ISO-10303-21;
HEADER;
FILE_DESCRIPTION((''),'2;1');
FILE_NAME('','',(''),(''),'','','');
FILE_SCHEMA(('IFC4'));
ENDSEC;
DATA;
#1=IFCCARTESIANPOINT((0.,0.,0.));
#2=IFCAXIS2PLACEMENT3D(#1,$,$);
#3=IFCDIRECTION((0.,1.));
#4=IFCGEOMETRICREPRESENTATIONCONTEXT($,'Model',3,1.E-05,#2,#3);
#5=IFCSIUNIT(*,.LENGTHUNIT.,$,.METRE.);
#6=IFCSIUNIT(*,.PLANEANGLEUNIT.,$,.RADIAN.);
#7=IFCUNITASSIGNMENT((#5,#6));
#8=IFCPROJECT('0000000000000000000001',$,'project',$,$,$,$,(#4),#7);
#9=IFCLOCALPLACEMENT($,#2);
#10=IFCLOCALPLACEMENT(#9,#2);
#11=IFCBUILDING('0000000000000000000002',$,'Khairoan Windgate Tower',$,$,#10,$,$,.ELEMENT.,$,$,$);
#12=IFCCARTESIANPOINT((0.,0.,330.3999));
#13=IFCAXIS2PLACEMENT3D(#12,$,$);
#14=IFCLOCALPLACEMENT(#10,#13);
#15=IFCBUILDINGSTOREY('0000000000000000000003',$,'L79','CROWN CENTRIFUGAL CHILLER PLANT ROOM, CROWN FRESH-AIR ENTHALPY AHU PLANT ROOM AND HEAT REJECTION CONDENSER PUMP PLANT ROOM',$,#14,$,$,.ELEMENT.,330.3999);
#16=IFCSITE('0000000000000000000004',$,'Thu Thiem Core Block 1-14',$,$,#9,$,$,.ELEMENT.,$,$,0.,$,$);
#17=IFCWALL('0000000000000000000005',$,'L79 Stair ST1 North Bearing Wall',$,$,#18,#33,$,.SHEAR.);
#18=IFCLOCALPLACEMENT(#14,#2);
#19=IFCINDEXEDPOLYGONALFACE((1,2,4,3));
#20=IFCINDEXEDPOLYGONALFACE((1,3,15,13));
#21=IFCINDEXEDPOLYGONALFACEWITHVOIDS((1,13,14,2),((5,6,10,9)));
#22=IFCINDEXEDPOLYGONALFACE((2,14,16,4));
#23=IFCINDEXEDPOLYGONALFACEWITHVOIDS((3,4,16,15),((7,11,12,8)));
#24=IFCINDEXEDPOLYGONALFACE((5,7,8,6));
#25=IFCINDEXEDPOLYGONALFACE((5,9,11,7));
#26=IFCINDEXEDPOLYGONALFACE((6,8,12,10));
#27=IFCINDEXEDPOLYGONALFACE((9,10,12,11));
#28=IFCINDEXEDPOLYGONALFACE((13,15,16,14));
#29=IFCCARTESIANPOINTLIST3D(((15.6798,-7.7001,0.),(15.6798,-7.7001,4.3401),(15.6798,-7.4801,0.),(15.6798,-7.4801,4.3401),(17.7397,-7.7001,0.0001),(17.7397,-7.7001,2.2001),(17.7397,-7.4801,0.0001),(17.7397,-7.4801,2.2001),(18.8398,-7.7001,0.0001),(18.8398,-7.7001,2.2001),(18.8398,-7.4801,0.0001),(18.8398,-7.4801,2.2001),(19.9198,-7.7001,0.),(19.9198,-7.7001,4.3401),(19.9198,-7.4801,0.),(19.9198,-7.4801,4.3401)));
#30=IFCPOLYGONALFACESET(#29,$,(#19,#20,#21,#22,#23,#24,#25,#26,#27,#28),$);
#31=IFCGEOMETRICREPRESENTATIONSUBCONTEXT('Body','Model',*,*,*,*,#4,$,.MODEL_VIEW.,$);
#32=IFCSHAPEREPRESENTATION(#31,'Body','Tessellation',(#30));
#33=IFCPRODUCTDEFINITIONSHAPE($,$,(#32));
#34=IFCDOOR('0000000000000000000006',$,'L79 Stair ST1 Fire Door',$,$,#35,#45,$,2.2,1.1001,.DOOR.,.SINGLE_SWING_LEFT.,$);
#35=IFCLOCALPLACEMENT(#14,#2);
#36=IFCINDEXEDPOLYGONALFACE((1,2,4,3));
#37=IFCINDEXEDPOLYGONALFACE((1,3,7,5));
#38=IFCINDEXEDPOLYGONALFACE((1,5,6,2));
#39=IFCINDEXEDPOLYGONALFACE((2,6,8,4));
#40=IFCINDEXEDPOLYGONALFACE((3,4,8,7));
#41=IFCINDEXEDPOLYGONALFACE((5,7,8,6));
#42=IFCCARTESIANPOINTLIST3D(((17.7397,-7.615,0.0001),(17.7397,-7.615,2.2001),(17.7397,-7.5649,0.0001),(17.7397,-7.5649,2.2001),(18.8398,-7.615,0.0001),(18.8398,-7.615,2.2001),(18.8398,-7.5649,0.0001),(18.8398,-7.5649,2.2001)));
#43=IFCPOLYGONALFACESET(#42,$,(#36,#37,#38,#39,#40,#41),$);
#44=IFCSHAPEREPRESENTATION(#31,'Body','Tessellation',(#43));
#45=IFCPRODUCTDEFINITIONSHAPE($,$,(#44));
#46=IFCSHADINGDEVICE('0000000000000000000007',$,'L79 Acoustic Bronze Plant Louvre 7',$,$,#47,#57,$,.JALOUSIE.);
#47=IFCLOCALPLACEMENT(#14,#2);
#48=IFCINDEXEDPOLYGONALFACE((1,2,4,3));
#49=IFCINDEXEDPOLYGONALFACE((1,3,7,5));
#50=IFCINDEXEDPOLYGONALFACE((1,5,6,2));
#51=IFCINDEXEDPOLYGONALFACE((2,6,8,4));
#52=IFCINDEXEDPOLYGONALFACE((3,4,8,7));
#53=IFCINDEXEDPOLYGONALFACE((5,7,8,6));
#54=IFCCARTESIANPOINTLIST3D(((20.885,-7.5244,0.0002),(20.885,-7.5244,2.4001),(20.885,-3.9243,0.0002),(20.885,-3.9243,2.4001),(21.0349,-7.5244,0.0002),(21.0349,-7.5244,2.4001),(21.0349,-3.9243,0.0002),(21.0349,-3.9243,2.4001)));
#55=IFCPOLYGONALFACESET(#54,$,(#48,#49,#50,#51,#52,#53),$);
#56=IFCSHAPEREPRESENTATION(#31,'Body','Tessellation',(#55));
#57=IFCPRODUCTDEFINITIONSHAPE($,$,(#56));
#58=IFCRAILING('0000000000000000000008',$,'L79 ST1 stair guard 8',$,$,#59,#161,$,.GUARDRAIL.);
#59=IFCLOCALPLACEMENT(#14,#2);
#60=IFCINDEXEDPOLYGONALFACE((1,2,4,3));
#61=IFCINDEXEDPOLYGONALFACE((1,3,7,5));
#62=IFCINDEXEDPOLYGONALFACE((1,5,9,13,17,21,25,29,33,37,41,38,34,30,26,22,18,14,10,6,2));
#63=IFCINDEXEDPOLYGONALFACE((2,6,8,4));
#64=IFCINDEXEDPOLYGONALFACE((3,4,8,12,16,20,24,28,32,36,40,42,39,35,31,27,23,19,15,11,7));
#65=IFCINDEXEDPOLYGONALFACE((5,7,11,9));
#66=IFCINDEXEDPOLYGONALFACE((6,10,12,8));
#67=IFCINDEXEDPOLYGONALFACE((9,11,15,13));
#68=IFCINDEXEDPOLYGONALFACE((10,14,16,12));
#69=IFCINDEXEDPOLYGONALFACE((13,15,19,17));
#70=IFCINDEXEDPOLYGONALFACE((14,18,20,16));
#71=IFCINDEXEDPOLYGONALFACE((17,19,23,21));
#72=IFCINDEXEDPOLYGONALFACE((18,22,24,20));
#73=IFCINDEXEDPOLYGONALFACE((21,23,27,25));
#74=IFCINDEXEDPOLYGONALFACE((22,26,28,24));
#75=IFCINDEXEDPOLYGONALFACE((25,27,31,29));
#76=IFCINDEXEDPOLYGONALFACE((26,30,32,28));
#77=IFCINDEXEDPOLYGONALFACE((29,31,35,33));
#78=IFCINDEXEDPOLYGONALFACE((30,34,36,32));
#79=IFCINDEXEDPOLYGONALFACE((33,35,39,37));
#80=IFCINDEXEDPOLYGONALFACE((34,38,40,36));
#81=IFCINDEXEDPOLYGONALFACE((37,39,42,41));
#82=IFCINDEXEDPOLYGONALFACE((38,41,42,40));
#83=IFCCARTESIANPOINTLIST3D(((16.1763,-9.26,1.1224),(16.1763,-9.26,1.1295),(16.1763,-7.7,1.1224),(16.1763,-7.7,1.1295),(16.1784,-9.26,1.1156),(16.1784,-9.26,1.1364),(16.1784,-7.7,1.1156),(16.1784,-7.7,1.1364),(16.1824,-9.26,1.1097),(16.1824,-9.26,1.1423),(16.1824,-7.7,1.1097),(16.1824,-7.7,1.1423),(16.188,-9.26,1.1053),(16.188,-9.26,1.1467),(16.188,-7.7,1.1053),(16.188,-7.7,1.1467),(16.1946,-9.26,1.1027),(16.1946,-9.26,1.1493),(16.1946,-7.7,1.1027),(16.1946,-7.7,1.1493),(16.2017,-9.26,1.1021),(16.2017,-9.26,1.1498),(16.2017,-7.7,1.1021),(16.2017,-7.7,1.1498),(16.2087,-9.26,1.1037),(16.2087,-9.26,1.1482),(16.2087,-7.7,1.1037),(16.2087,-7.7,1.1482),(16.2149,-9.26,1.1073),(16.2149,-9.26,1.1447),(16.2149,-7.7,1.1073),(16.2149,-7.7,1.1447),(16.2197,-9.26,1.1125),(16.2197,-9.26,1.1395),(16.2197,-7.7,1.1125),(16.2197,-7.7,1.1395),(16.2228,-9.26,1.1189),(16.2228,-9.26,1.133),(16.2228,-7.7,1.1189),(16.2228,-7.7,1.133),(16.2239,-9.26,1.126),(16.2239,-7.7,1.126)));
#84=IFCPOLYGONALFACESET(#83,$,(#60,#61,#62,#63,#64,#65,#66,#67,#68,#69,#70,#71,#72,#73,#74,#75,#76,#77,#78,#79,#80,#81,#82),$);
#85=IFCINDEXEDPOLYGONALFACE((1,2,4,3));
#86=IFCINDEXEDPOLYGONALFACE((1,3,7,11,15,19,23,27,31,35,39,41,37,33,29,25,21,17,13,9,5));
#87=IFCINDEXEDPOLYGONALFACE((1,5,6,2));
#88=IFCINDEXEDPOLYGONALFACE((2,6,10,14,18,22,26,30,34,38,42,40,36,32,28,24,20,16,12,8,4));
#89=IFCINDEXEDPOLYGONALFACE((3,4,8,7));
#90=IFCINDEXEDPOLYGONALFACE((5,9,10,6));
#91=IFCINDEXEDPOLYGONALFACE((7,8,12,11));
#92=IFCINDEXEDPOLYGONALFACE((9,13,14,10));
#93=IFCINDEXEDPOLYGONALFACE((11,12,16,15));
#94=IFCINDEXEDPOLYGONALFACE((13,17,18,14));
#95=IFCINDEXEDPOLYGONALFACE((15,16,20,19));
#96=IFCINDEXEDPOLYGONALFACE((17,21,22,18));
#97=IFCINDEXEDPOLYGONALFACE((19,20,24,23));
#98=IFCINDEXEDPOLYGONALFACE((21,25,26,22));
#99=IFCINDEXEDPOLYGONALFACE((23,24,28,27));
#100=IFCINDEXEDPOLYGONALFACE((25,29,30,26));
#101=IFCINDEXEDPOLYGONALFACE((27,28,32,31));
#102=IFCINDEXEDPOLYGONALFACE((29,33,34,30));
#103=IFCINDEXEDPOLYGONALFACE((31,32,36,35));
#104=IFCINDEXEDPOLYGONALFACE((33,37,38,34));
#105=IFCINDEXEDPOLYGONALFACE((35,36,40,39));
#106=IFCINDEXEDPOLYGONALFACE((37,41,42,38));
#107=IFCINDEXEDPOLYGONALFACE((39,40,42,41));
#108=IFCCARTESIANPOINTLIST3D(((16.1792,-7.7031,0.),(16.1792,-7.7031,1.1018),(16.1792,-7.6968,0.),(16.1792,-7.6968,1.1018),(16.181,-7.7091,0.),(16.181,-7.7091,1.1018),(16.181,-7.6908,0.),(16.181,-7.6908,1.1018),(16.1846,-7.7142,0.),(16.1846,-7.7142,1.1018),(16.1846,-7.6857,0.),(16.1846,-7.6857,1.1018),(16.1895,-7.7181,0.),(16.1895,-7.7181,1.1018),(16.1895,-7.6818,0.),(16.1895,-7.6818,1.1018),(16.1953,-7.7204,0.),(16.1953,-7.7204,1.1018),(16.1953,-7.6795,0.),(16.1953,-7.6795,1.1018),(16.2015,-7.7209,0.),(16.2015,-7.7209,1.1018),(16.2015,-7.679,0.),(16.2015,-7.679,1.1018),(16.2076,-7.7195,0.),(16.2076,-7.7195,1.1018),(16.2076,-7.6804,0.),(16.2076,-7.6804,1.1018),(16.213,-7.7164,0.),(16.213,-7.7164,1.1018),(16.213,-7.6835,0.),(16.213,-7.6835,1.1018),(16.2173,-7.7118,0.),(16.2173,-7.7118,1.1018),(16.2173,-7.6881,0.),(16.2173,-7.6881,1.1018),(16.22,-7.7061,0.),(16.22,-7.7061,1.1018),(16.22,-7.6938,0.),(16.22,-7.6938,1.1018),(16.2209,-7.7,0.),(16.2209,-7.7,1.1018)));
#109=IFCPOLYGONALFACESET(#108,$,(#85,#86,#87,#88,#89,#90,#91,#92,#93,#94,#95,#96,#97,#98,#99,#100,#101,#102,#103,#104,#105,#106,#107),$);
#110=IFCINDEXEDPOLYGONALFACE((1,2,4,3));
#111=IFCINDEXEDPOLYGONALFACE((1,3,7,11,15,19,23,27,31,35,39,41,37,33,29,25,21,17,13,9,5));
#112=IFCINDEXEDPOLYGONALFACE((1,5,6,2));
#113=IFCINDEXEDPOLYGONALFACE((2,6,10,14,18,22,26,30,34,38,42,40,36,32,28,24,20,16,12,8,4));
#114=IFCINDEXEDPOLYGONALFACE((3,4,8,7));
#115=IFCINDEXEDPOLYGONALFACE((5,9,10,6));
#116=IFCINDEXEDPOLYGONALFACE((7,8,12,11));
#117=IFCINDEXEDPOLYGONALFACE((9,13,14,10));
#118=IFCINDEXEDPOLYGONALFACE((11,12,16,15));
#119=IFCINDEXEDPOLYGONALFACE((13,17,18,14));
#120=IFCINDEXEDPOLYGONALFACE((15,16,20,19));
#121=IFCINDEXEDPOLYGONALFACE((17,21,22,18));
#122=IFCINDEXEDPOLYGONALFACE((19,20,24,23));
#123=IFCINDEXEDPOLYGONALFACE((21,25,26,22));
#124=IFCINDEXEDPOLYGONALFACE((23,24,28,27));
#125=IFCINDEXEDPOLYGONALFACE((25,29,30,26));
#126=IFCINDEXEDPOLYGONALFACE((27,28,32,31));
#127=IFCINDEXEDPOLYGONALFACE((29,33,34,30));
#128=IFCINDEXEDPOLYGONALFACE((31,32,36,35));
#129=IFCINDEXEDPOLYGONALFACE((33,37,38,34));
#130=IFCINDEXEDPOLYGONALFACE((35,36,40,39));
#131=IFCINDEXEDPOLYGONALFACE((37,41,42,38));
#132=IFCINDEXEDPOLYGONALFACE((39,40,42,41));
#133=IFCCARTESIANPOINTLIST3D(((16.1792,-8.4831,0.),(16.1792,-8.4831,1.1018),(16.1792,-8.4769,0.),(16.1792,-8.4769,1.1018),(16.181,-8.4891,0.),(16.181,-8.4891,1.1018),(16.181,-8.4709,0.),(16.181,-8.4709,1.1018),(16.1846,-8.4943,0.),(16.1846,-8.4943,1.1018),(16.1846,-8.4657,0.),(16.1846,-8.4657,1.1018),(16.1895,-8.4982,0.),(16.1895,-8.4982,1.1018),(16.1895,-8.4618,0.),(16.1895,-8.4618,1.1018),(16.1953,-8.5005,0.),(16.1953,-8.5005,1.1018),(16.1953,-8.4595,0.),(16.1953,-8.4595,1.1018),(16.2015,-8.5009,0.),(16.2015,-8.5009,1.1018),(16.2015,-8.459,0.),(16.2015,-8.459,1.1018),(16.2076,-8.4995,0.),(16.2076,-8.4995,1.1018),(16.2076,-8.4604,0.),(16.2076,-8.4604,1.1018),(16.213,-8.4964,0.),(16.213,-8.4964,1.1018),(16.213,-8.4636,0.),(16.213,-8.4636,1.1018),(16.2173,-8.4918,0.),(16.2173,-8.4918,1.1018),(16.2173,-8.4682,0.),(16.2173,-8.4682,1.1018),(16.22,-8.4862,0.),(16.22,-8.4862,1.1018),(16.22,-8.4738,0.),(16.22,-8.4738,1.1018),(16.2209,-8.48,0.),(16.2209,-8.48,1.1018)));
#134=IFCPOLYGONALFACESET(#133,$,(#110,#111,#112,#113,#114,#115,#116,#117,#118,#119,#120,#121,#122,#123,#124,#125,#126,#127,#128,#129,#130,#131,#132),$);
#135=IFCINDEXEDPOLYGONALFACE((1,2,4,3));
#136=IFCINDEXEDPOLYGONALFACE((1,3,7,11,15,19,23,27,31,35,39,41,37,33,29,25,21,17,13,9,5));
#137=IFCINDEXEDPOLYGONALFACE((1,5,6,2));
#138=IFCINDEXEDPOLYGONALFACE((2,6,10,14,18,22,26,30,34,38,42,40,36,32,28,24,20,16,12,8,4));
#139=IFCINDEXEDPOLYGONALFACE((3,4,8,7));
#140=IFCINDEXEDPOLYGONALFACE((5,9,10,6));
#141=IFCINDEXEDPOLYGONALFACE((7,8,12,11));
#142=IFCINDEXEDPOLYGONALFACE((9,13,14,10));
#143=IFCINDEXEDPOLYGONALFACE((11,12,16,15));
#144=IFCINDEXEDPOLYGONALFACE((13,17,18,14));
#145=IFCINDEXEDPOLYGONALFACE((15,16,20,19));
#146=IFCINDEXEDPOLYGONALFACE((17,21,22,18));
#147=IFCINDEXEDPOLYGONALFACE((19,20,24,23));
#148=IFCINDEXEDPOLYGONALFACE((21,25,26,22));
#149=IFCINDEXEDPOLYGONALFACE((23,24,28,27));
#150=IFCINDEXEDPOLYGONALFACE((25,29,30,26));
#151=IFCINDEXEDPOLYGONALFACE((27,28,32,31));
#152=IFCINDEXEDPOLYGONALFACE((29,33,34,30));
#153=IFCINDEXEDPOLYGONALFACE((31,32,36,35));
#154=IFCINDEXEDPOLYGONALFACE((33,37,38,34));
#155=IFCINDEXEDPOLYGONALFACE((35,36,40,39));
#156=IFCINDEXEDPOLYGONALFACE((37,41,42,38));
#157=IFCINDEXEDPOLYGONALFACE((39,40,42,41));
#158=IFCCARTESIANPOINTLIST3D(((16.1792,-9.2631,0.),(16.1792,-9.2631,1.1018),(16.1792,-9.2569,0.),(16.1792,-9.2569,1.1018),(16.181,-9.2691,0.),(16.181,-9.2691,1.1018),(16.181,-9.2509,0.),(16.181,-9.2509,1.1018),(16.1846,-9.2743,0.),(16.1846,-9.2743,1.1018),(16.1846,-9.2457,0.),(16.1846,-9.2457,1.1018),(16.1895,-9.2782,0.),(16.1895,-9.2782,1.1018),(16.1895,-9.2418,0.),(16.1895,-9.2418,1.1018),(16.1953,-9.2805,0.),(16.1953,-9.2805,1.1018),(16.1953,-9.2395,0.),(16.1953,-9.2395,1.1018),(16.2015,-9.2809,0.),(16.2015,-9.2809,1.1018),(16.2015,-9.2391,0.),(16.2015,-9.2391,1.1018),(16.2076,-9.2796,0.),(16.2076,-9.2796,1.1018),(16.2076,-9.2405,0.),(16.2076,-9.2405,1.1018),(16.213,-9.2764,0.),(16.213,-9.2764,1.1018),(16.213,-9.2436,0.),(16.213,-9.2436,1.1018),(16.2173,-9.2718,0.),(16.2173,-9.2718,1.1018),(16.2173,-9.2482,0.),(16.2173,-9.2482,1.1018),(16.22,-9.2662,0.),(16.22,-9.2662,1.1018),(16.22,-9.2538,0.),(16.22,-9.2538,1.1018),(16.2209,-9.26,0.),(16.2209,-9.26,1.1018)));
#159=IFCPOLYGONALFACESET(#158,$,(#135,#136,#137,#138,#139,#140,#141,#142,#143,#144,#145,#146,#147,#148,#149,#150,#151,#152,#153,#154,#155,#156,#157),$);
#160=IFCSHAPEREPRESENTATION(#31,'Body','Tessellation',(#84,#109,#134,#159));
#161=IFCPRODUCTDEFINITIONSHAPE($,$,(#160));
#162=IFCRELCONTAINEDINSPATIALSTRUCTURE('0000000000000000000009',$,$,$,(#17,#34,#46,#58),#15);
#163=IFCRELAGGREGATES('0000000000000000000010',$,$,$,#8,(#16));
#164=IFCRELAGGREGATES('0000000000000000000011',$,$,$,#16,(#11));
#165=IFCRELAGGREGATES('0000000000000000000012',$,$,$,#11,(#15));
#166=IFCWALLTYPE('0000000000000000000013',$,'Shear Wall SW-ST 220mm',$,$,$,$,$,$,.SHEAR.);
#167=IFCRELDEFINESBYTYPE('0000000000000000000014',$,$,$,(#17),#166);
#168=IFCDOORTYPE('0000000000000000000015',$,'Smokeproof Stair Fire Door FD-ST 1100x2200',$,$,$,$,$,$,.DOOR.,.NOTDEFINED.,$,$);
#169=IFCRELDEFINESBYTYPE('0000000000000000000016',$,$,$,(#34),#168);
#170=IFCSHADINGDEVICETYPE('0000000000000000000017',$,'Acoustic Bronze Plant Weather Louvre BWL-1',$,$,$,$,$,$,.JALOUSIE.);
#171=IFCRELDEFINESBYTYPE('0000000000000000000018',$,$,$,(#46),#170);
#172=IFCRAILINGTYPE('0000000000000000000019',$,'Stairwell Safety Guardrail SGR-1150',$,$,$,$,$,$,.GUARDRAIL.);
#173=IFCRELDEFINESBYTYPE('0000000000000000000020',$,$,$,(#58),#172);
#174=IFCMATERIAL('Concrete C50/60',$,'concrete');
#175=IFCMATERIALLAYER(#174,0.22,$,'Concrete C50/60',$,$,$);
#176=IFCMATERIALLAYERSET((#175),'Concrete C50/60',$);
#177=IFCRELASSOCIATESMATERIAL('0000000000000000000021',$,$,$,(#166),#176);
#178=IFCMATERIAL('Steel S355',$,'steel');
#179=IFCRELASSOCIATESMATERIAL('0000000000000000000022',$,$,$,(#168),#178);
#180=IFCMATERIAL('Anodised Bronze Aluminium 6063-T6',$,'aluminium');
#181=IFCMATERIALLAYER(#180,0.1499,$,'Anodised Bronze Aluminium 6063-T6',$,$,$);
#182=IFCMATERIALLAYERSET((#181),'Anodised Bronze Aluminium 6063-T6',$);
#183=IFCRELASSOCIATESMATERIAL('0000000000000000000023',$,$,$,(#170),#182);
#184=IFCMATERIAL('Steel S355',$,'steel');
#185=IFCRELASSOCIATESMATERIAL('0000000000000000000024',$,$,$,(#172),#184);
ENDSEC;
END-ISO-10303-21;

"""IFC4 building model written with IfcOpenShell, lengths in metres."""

from ifc_helpers import new_model, si_unit, direction, frame, frame_2d, origin, origin_2d, place, context, subcontext, project, spatial, rectangle, circle, extrude, material, layer, layer_set, type_object, element, fill, save


model = new_model("IFC4")

# Units and contexts
model_context = context("Model", 3, precision=1e-05, world=origin(), true_north=direction((0.0, 1.0)))
body_context = subcontext(model_context, "Body", "Model", "MODEL_VIEW")
ifc_project = project(units=[si_unit("LENGTHUNIT", "METRE"), si_unit("PLANEANGLEUNIT", "RADIAN")], contexts=[model_context])

# Site, building, storey
site_placement = place(None, origin())
site = spatial("IfcSite", under=ifc_project, at=site_placement, Name="Thu Thiem Core Block 1-14", CompositionType="ELEMENT", RefElevation=0.0)
building_placement = place(site_placement, origin())
building = spatial("IfcBuilding", under=site, at=building_placement, Name="Khairoan Windgate Tower", CompositionType="ELEMENT")
storey_placement = place(building_placement, frame((0.0, 0.0, 330.3999)))
storey = spatial("IfcBuildingStorey", under=building, at=storey_placement, Name="L79", Description="CROWN CENTRIFUGAL CHILLER PLANT ROOM, CROWN FRESH-AIR ENTHALPY AHU PLANT ROOM AND HEAT REJECTION CONDENSER PUMP PLANT ROOM", CompositionType="ELEMENT", Elevation=330.3999)

# Wall, opening, door
ifc_material_1 = material(Name="Concrete C50/60", Category="concrete")
ifc_layer_1 = layer(ifc_material_1, 0.22, Name="Concrete C50/60")
ifc_layer_set_1 = layer_set([ifc_layer_1], Name="Concrete C50/60")
wall_type_1 = type_object("IfcWallType", Name="Shear Wall SW-ST 220mm", PredefinedType="SHEAR", material=ifc_layer_set_1)
wall_1_placement = place(storey_placement, frame((19.9199, -7.5901, 0.0), z_axis=(0.0, 0.0, 1.0), x_axis=(-1.0, 0.0, 0.0)))
wall_1 = element("IfcWall", 1, at=wall_1_placement, inside=storey, type_object=wall_type_1, Name="L79 Stair ST1 North Bearing Wall", PredefinedType="SHEAR", context=body_context, shape_type="SweptSolid", body=[
    extrude(rectangle(XDim=4.24, YDim=0.22, at=frame_2d((2.1201, 0.0))), origin(), (0.0, 0.0, 1.0), 4.3401),
])
opening_1_placement = place(wall_1_placement, frame((1.0801, 0.0, 0.0)))
opening_1 = element("IfcOpeningElement", 2, at=opening_1_placement, cuts=wall_1, PredefinedType="OPENING", context=body_context, shape_type="SweptSolid", body=[
    extrude(rectangle(XDim=1.1001, YDim=2.2, at=frame_2d((0.55, 1.1001))), frame((0.0, 0.1199, 0.0), z_axis=(0.0, -1.0, 0.0), x_axis=(1.0, 0.0, 0.0)), (0.0, 0.0, 1.0), 0.24),
])
ifc_material_2 = material(Name="Steel S355", Category="steel")
door_type_1 = type_object("IfcDoorType", Name="Smokeproof Stair Fire Door FD-ST 1100x2200", OperationType="NOTDEFINED", PredefinedType="DOOR", material=ifc_material_2)
door_1_placement = place(opening_1_placement, origin())
door_1 = element("IfcDoor", 3, at=door_1_placement, inside=storey, type_object=door_type_1, Name="L79 Stair ST1 Fire Door", OperationType="SINGLE_SWING_LEFT", OverallHeight=2.2, OverallWidth=1.1001, PredefinedType="DOOR", context=body_context, shape_type="SweptSolid", body=[
    extrude(rectangle(XDim=1.1001, YDim=2.2, at=frame_2d((0.55, 1.1001))), frame((0.0, 0.0249, 0.0), z_axis=(0.0, -1.0, 0.0), x_axis=(1.0, 0.0, 0.0)), (0.0, 0.0, 1.0), 0.05),
])
fill(opening_1, door_1)

# Shading device
ifc_material_3 = material(Name="Anodised Bronze Aluminium 6063-T6", Category="aluminium")
ifc_layer_2 = layer(ifc_material_3, 0.1499, Name="Anodised Bronze Aluminium 6063-T6")
ifc_layer_set_2 = layer_set([ifc_layer_2], Name="Anodised Bronze Aluminium 6063-T6")
shading_device_type = type_object("IfcShadingDeviceType", Name="Acoustic Bronze Plant Weather Louvre BWL-1", PredefinedType="JALOUSIE", material=ifc_layer_set_2)
shading_device_placement = place(storey_placement, frame((20.96, -5.7244, 0.0002), z_axis=(0.0, 0.0, 1.0), x_axis=(0.0, -1.0, 0.0)))
element("IfcShadingDevice", 4, at=shading_device_placement, inside=storey, type_object=shading_device_type, Name="L79 Acoustic Bronze Plant Louvre 7", PredefinedType="JALOUSIE", context=body_context, shape_type="SweptSolid", body=[
    extrude(rectangle(XDim=3.6001, YDim=0.1499, at=origin_2d()), origin(), (0.0, 0.0, 1.0), 2.3999),
])

# Railing
ifc_material_4 = material(Name="Steel S355", Category="steel")
railing_type = type_object("IfcRailingType", Name="Stairwell Safety Guardrail SGR-1150", PredefinedType="GUARDRAIL", material=ifc_material_4)
for number, where, name in (
    (5, (16.2, -7.7, 0.0), "L79 ST1 stair guard 8"),
):
    element("IfcRailing", number, at=place(storey_placement, frame(where)), inside=storey, type_object=railing_type, Name=name, PredefinedType="GUARDRAIL", context=body_context, shape_type="SweptSolid", body=[
        extrude(circle(Radius=0.0239, at=origin_2d()), frame((0.0, 0.0, 1.126), z_axis=(0.0, -1.0, 0.0), x_axis=(1.0, 0.0, 0.0)), (0.0, 0.0, 1.0), 1.5601),
        extrude(circle(Radius=0.021, at=origin_2d()), origin(), (0.0, 0.0, 1.0), 1.1018),
        extrude(circle(Radius=0.021, at=origin_2d()), frame((0.0, -0.78, 0.0)), (0.0, 0.0, 1.0), 1.1018),
        extrude(circle(Radius=0.021, at=origin_2d()), frame((0.0, -1.5601, 0.0)), (0.0, 0.0, 1.0), 1.1018),
    ])

save(model, "model.ifc")
